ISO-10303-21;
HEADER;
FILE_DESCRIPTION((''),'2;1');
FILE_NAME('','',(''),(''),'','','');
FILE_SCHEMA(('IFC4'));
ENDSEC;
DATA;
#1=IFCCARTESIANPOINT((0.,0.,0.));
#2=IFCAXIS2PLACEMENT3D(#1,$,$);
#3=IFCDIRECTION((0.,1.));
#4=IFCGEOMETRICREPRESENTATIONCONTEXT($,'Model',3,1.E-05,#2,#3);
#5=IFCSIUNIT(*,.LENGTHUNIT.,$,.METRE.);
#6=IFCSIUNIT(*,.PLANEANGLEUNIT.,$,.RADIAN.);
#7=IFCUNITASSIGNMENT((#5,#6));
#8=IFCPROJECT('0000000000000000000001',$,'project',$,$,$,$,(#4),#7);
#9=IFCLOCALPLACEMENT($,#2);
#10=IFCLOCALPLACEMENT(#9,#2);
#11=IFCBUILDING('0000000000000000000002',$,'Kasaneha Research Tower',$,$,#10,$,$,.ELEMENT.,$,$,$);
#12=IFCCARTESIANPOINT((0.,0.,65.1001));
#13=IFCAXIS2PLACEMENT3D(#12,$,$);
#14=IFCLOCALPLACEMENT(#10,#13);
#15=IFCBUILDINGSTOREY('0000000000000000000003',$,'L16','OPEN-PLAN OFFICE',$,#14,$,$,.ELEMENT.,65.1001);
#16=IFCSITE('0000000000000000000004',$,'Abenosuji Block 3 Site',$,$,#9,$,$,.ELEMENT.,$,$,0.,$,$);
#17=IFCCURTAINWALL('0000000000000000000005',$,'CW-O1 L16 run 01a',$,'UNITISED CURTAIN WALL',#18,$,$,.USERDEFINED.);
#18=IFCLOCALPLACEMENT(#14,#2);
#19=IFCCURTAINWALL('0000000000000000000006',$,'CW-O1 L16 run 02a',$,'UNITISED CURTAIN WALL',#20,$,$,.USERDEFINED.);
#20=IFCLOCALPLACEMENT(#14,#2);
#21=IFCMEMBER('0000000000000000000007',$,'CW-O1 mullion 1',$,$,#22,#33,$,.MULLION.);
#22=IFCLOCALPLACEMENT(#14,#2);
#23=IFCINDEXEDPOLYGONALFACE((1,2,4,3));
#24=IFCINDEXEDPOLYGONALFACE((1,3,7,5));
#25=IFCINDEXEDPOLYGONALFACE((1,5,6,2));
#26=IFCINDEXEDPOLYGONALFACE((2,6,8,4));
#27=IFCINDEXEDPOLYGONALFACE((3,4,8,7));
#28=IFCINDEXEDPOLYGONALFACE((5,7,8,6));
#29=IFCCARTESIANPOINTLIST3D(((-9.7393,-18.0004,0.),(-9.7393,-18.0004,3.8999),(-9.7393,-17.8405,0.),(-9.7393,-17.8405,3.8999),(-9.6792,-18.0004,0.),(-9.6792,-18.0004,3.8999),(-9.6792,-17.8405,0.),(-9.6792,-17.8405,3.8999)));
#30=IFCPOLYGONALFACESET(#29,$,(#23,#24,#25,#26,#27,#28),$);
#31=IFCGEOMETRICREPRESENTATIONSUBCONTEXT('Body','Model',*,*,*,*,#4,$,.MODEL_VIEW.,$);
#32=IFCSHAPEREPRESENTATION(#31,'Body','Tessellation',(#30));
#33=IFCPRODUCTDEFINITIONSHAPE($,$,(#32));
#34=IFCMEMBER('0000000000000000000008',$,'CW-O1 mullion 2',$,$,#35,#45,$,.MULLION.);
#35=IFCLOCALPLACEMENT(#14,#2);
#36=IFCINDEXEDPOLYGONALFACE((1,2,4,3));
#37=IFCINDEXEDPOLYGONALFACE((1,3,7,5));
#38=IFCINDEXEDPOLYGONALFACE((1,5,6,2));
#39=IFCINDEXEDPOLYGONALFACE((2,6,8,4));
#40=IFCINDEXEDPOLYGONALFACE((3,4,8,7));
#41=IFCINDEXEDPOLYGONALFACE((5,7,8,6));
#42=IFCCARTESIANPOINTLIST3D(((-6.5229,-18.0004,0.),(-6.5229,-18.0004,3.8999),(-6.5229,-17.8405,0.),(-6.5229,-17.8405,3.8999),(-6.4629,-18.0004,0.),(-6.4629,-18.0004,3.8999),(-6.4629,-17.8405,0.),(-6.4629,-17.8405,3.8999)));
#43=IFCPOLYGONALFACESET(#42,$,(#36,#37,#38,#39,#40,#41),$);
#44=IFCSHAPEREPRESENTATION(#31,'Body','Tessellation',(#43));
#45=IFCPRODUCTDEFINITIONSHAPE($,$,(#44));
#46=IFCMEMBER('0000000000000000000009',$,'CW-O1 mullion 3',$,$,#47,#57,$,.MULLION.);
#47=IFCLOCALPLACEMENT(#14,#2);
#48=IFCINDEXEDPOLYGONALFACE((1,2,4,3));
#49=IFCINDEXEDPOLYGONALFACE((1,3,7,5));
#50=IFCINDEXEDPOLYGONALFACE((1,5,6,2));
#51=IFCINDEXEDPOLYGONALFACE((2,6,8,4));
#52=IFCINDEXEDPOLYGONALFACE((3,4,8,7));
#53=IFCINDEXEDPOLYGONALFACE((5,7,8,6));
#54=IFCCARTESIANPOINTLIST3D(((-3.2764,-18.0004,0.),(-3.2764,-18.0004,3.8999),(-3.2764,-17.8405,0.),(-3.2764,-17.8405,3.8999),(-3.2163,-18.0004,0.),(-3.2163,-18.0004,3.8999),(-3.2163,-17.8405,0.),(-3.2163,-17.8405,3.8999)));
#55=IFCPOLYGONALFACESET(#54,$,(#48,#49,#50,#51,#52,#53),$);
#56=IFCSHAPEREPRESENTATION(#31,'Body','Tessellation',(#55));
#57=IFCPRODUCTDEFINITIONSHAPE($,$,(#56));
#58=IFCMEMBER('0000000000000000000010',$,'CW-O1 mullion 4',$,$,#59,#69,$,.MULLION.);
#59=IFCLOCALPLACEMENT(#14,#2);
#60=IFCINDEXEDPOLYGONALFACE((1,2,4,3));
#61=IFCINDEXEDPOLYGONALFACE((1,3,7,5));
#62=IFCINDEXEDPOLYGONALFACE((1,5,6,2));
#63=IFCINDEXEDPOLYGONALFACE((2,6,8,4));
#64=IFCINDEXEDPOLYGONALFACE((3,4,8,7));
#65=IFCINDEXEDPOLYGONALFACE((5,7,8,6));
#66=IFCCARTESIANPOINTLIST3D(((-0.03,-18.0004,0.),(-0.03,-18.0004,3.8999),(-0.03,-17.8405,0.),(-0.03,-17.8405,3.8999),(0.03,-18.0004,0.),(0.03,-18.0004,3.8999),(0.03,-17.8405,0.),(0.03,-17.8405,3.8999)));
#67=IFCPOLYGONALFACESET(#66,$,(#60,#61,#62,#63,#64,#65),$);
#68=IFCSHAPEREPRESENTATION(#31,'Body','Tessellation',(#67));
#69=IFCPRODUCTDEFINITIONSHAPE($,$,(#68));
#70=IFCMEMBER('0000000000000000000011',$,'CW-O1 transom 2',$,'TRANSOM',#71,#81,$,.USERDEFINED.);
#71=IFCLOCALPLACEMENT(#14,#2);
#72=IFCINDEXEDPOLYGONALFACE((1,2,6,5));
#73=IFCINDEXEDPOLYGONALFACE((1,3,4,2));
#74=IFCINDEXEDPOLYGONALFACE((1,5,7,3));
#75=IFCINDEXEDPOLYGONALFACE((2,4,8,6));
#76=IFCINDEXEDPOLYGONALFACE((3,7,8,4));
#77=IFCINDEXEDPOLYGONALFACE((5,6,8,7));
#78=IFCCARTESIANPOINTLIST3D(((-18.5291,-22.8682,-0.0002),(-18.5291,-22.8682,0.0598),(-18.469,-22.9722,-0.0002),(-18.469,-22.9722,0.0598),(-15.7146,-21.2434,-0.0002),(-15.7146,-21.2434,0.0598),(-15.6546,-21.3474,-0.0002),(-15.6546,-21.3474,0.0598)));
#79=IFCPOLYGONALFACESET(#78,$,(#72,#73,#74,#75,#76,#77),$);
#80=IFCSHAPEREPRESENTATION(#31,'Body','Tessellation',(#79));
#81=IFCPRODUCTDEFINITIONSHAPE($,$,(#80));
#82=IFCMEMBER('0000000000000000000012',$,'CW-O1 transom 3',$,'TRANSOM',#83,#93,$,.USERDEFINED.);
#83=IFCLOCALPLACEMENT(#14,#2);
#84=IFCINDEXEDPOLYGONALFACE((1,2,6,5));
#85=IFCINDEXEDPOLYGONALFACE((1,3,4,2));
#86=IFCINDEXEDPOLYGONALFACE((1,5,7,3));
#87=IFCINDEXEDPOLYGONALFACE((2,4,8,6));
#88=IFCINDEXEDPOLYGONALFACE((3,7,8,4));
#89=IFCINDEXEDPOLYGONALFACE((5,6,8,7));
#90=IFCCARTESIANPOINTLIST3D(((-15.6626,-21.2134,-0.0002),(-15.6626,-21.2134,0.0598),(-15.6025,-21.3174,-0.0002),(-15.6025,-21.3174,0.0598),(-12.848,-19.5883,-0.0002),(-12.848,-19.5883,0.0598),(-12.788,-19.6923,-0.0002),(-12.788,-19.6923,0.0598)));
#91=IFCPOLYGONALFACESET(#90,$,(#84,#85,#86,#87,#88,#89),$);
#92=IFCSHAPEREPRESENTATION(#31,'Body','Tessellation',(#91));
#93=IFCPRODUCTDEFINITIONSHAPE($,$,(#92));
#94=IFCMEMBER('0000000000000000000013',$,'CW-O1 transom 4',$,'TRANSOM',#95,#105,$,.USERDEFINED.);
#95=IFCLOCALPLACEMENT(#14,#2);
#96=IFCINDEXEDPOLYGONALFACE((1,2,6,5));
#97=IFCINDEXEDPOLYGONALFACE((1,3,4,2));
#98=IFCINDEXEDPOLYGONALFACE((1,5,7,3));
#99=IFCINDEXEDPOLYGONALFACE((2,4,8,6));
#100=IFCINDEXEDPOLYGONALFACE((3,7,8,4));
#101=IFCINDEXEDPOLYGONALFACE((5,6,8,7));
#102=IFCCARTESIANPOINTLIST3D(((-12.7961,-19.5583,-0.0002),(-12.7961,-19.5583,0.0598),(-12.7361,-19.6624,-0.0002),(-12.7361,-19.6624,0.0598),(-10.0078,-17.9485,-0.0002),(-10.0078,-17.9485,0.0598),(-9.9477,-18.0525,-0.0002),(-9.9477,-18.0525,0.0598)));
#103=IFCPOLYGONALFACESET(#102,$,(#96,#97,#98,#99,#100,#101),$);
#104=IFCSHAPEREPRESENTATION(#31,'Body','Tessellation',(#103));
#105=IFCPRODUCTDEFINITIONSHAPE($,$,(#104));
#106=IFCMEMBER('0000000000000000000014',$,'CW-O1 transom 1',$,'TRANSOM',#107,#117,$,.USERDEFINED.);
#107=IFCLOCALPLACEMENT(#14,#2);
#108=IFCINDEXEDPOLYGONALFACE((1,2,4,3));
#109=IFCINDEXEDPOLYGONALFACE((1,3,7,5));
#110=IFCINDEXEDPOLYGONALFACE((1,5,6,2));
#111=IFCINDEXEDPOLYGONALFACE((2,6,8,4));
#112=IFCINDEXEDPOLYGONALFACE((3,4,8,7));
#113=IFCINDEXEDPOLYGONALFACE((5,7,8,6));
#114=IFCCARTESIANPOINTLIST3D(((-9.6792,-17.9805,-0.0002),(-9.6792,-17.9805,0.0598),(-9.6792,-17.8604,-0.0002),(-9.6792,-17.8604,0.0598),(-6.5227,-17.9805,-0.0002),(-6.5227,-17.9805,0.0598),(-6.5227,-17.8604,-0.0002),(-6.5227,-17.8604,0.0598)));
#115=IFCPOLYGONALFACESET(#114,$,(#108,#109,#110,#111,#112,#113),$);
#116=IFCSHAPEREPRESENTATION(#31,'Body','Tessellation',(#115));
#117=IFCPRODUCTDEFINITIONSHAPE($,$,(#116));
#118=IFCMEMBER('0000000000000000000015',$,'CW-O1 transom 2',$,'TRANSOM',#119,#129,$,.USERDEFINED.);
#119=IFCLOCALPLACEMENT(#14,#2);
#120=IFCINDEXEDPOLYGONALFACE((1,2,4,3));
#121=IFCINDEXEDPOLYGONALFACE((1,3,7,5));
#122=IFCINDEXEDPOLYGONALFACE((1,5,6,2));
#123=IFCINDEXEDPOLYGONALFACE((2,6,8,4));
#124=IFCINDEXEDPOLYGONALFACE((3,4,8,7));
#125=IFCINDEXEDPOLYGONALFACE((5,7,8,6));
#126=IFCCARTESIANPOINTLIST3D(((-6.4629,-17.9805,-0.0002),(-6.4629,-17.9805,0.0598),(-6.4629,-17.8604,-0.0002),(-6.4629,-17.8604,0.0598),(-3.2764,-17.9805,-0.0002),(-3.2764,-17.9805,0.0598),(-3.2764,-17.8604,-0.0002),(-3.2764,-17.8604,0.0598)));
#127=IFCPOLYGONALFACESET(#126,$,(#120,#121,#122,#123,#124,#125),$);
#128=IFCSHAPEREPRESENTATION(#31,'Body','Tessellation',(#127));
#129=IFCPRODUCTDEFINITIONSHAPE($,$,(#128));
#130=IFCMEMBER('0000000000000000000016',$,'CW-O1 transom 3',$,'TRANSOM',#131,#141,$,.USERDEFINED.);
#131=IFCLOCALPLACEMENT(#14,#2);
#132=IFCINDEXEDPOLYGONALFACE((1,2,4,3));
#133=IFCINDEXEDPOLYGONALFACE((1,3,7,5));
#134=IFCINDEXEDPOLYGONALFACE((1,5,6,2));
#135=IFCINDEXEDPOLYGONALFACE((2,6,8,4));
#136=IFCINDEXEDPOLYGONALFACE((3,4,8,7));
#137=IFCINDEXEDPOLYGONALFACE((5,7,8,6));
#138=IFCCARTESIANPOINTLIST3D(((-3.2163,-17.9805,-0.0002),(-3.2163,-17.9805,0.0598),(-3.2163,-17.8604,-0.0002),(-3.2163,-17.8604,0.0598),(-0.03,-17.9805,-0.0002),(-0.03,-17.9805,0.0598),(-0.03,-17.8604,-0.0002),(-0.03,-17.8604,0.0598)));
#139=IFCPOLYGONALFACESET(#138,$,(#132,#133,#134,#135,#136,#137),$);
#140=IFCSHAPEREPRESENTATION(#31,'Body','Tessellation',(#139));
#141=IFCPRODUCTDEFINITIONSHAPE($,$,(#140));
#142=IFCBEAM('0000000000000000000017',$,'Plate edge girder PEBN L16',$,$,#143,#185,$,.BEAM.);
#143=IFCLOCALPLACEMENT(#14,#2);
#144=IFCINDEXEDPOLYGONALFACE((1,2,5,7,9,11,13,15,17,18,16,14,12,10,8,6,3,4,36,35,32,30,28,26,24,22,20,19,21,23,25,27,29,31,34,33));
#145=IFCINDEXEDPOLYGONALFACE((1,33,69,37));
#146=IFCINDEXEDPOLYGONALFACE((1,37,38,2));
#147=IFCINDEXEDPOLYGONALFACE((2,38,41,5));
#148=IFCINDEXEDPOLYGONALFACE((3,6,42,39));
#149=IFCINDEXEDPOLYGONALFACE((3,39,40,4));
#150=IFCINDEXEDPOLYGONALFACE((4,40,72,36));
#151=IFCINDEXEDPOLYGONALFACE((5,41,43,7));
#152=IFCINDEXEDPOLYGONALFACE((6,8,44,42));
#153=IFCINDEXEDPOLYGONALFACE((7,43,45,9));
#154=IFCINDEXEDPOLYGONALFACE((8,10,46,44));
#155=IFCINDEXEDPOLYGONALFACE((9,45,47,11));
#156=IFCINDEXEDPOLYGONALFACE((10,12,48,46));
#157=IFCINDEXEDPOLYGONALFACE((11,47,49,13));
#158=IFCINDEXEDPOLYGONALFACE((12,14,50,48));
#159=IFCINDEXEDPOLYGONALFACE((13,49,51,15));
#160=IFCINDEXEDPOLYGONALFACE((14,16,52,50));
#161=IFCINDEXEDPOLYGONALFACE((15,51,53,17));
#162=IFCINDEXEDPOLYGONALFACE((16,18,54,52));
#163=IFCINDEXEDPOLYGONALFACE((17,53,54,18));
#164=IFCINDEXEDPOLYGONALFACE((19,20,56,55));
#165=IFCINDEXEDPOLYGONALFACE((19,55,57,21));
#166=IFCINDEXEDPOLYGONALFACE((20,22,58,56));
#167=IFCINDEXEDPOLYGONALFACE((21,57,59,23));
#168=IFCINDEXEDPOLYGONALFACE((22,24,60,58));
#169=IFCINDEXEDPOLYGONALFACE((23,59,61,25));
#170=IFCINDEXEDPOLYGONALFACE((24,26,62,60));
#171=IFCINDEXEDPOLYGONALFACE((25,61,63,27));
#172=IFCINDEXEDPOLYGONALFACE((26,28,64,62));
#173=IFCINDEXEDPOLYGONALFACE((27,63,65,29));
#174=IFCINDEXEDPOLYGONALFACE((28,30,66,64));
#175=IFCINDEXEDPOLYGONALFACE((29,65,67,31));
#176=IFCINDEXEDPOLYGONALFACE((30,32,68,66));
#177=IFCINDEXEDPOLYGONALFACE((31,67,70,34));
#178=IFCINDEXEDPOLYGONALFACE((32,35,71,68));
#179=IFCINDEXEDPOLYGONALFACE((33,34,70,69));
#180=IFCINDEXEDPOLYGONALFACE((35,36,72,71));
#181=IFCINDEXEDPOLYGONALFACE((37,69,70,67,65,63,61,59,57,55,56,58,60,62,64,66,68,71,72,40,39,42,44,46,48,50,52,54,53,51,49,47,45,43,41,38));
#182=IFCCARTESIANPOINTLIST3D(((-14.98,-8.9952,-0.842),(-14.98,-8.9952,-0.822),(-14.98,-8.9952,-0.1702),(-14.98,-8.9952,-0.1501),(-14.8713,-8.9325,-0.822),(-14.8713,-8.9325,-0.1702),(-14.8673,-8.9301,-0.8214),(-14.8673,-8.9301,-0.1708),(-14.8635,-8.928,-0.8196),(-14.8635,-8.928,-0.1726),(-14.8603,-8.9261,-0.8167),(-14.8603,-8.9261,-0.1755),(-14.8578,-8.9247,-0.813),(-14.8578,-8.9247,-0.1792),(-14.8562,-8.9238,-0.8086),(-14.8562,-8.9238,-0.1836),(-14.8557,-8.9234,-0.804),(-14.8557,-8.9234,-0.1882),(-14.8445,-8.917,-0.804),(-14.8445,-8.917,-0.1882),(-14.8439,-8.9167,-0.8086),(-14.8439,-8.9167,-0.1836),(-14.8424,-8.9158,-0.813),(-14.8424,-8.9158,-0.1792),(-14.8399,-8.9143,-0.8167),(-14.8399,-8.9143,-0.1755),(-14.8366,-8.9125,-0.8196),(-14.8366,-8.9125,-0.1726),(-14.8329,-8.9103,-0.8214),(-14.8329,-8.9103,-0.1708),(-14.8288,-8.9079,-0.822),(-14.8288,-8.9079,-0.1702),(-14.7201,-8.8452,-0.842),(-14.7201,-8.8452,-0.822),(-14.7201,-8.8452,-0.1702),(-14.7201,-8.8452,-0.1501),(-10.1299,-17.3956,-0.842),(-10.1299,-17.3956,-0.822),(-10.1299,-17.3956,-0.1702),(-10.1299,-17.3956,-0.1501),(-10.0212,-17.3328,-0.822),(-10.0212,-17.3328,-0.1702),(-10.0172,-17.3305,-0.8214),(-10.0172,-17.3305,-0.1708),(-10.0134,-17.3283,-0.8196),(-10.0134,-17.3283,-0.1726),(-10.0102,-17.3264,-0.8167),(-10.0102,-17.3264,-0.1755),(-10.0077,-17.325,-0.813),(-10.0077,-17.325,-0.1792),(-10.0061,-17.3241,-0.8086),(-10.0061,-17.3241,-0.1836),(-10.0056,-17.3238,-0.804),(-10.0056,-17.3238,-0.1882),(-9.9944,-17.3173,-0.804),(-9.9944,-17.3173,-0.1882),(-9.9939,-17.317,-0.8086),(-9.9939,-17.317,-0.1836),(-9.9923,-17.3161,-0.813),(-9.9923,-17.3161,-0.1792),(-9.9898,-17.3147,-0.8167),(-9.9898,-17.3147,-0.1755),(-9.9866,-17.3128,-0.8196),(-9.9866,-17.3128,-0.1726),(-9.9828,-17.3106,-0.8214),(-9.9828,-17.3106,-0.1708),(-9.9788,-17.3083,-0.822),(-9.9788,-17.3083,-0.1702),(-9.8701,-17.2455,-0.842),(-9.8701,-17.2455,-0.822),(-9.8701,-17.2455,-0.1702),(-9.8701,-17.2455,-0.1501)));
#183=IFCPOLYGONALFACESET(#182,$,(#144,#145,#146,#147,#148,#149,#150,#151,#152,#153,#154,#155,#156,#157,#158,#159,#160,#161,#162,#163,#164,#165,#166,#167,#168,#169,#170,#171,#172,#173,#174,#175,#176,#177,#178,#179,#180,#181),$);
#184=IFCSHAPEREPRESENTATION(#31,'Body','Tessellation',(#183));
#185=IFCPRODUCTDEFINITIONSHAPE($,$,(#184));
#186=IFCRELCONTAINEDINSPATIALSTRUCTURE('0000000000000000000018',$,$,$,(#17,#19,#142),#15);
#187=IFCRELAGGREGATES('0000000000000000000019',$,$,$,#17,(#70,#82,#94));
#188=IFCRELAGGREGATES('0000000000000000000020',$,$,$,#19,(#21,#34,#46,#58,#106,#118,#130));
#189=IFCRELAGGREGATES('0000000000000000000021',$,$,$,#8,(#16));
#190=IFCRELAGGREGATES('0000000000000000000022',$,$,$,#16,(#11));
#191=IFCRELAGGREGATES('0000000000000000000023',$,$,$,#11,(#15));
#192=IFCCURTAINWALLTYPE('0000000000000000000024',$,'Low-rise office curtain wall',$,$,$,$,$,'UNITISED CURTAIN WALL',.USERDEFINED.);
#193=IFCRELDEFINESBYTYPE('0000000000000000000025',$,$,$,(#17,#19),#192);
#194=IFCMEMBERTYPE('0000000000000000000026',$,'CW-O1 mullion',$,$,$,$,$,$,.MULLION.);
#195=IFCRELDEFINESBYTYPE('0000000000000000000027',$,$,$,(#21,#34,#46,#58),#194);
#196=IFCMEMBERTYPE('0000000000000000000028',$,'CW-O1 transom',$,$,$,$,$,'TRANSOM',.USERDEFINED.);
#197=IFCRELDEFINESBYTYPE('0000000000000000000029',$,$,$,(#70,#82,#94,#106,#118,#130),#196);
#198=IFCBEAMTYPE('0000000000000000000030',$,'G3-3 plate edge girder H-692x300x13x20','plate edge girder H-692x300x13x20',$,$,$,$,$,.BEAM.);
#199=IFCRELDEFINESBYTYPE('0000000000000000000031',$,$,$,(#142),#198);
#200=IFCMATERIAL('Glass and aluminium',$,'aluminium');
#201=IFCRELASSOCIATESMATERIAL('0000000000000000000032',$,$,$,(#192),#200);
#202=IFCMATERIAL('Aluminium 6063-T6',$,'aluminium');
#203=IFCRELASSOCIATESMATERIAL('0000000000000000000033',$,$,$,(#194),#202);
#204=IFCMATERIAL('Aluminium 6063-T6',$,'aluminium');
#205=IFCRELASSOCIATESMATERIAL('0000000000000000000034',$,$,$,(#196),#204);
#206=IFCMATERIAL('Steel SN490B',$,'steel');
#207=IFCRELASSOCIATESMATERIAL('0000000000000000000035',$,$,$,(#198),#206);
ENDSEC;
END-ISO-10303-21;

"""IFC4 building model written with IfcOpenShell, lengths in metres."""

from ifc_helpers import new_model, si_unit, direction, frame, origin, origin_2d, place, context, subcontext, project, spatial, rectangle, i_section, extrude, material, material_profile, profile_set, type_object, element, aggregate, save


model = new_model("IFC4")

# Units and contexts
model_context = context("Model", 3, precision=1e-05, world=origin(), true_north=direction((0.0, 1.0)))
body_context = subcontext(model_context, "Body", "Model", "MODEL_VIEW")
ifc_project = project(units=[si_unit("LENGTHUNIT", "METRE"), si_unit("PLANEANGLEUNIT", "RADIAN")], contexts=[model_context])

# Site, building, storey
site_placement = place(None, origin())
site = spatial("IfcSite", under=ifc_project, at=site_placement, Name="Abenosuji Block 3 Site", CompositionType="ELEMENT", RefElevation=0.0)
building_placement = place(site_placement, origin())
building = spatial("IfcBuilding", under=site, at=building_placement, Name="Kasaneha Research Tower", CompositionType="ELEMENT")
storey_placement = place(building_placement, frame((0.0, 0.0, 65.1001)))
storey = spatial("IfcBuildingStorey", under=building, at=storey_placement, Name="L16", Description="OPEN-PLAN OFFICE", CompositionType="ELEMENT", Elevation=65.1001)

# Curtain walls, members
ifc_material_1 = material(Name="Glass and aluminium", Category="aluminium")
curtain_wall_type = type_object("IfcCurtainWallType", Name="Low-rise office curtain wall", ElementType="UNITISED CURTAIN WALL", PredefinedType="USERDEFINED", material=ifc_material_1)
curtain_wall_1_placement = place(storey_placement, origin())
curtain_wall_1 = element("IfcCurtainWall", 1, at=curtain_wall_1_placement, inside=storey, type_object=curtain_wall_type, Name="CW-O1 L16 run 01a", ObjectType="UNITISED CURTAIN WALL", PredefinedType="USERDEFINED")
ifc_material_2 = material(Name="Aluminium 6063-T6", Category="aluminium")
ifc_material_profile_1 = material_profile(ifc_material_2, rectangle(XDim=0.0601, YDim=0.1599, at=origin_2d()), Name="CW-O1 mullion 60x160")
ifc_profile_set_1 = profile_set([ifc_material_profile_1], Name="Aluminium 6063-T6")
member_type_1 = type_object("IfcMemberType", Name="CW-O1 mullion", PredefinedType="MULLION", material=ifc_profile_set_1)
curtain_wall_2_placement = place(storey_placement, origin())
curtain_wall_2 = element("IfcCurtainWall", 2, at=curtain_wall_2_placement, inside=storey, type_object=curtain_wall_type, Name="CW-O1 L16 run 02a", ObjectType="UNITISED CURTAIN WALL", PredefinedType="USERDEFINED")
member_1_placement = place(storey_placement, frame((-9.7092, -17.9204, 0.0), z_axis=(0.0, 0.0, 1.0), x_axis=(1.0, 0.0, 0.0)))
member_1 = element("IfcMember", 3, at=member_1_placement, type_object=member_type_1, Name="CW-O1 mullion 1", PredefinedType="MULLION", context=body_context, shape_type="SweptSolid", body=[
    extrude(rectangle(XDim=0.0601, YDim=0.1599, at=origin_2d()), origin(), (0.0, 0.0, 1.0), 3.8999),
])
member_2_placement = place(storey_placement, frame((-6.4929, -17.9204, 0.0), z_axis=(0.0, 0.0, 1.0), x_axis=(1.0, 0.0, 0.0)))
member_2 = element("IfcMember", 4, at=member_2_placement, type_object=member_type_1, Name="CW-O1 mullion 2", PredefinedType="MULLION", context=body_context, shape_type="SweptSolid", body=[
    extrude(rectangle(XDim=0.0601, YDim=0.1599, at=origin_2d()), origin(), (0.0, 0.0, 1.0), 3.8999),
])
member_3_placement = place(storey_placement, frame((-3.2463, -17.9204, 0.0), z_axis=(0.0, 0.0, 1.0), x_axis=(1.0, 0.0, 0.0)))
member_3 = element("IfcMember", 5, at=member_3_placement, type_object=member_type_1, Name="CW-O1 mullion 3", PredefinedType="MULLION", context=body_context, shape_type="SweptSolid", body=[
    extrude(rectangle(XDim=0.0601, YDim=0.1599, at=origin_2d()), origin(), (0.0, 0.0, 1.0), 3.8999),
])
member_4_placement = place(storey_placement, frame((0.0, -17.9204, 0.0), z_axis=(0.0, 0.0, 1.0), x_axis=(1.0, 0.0, 0.0)))
member_4 = element("IfcMember", 6, at=member_4_placement, type_object=member_type_1, Name="CW-O1 mullion 4", PredefinedType="MULLION", context=body_context, shape_type="SweptSolid", body=[
    extrude(rectangle(XDim=0.0601, YDim=0.1599, at=origin_2d()), origin(), (0.0, 0.0, 1.0), 3.8999),
])

# Members
ifc_material_3 = material(Name="Aluminium 6063-T6", Category="aluminium")
ifc_material_profile_2 = material_profile(ifc_material_3, rectangle(XDim=0.1201, YDim=0.0601, at=origin_2d()), Name="CW-O1 transom 120x60")
ifc_profile_set_2 = profile_set([ifc_material_profile_2], Name="Aluminium 6063-T6")
member_type_2 = type_object("IfcMemberType", Name="CW-O1 transom", ElementType="TRANSOM", PredefinedType="USERDEFINED", material=ifc_profile_set_2)
member_5_placement = place(storey_placement, frame((-18.499, -22.9202, 0.0298), z_axis=(0.866048, 0.499961, 0.0), x_axis=(-0.499961, 0.866048, 0.0)))
member_5 = element("IfcMember", 7, at=member_5_placement, type_object=member_type_2, Name="CW-O1 transom 2", ObjectType="TRANSOM", PredefinedType="USERDEFINED", context=body_context, shape_type="SweptSolid", body=[
    extrude(rectangle(XDim=0.1201, YDim=0.0601, at=origin_2d()), origin(), (0.0, 0.0, 1.0), 3.2498),
])
member_6_placement = place(storey_placement, frame((-15.6326, -21.2654, 0.0298), z_axis=(0.866015, 0.500017, 0.0), x_axis=(-0.500017, 0.866015, 0.0)))
member_6 = element("IfcMember", 8, at=member_6_placement, type_object=member_type_2, Name="CW-O1 transom 3", ObjectType="TRANSOM", PredefinedType="USERDEFINED", context=body_context, shape_type="SweptSolid", body=[
    extrude(rectangle(XDim=0.1201, YDim=0.0601, at=origin_2d()), origin(), (0.0, 0.0, 1.0), 3.25),
])
member_7_placement = place(storey_placement, frame((-12.7661, -19.6104, 0.0298), z_axis=(0.866023, 0.500005, 0.0), x_axis=(-0.500005, 0.866023, 0.0)))
member_7 = element("IfcMember", 9, at=member_7_placement, type_object=member_type_2, Name="CW-O1 transom 4", ObjectType="TRANSOM", PredefinedType="USERDEFINED", context=body_context, shape_type="SweptSolid", body=[
    extrude(rectangle(XDim=0.1201, YDim=0.0601, at=origin_2d()), origin(), (0.0, 0.0, 1.0), 3.2197),
])
member_8_placement = place(storey_placement, frame((-9.6792, -17.9204, 0.0298), z_axis=(1.0, 0.0, 0.0), x_axis=(0.0, 1.0, 0.0)))
member_8 = element("IfcMember", 10, at=member_8_placement, type_object=member_type_2, Name="CW-O1 transom 1", ObjectType="TRANSOM", PredefinedType="USERDEFINED", context=body_context, shape_type="SweptSolid", body=[
    extrude(rectangle(XDim=0.1201, YDim=0.0601, at=origin_2d()), origin(), (0.0, 0.0, 1.0), 3.1565),
])
member_9_placement = place(storey_placement, frame((-6.4629, -17.9204, 0.0298), z_axis=(1.0, 0.0, 0.0), x_axis=(0.0, 1.0, 0.0)))
member_9 = element("IfcMember", 11, at=member_9_placement, type_object=member_type_2, Name="CW-O1 transom 2", ObjectType="TRANSOM", PredefinedType="USERDEFINED", context=body_context, shape_type="SweptSolid", body=[
    extrude(rectangle(XDim=0.1201, YDim=0.0601, at=origin_2d()), origin(), (0.0, 0.0, 1.0), 3.1865),
])
member_10_placement = place(storey_placement, frame((-3.2163, -17.9204, 0.0298), z_axis=(1.0, 0.0, 0.0), x_axis=(0.0, 1.0, 0.0)))
member_10 = element("IfcMember", 12, at=member_10_placement, type_object=member_type_2, Name="CW-O1 transom 3", ObjectType="TRANSOM", PredefinedType="USERDEFINED", context=body_context, shape_type="SweptSolid", body=[
    extrude(rectangle(XDim=0.1201, YDim=0.0601, at=origin_2d()), origin(), (0.0, 0.0, 1.0), 3.1863),
])

# Beam
ifc_material_4 = material(Name="Steel SN490B", Category="steel")
ifc_material_profile_3 = material_profile(ifc_material_4, i_section(OverallWidth=0.3, OverallDepth=0.6919, WebThickness=0.0129, FlangeThickness=0.02, FilletRadius=0.0181, at=origin_2d()), Name="H-692x300x13x20")
ifc_profile_set_3 = profile_set([ifc_material_profile_3], Name="Steel SN490B")
beam_type_1 = type_object("IfcBeamType", Name="G3-3 plate edge girder H-692x300x13x20", Description="plate edge girder H-692x300x13x20", PredefinedType="BEAM", material=ifc_profile_set_3)
beam_1_placement = place(storey_placement, frame((-10.0, -17.3206, -0.4961), z_axis=(-0.50001, 0.86602, 0.0), x_axis=(-0.86602, -0.50001, 0.0)))
element("IfcBeam", 13, at=beam_1_placement, inside=storey, type_object=beam_type_1, Name="Plate edge girder PEBN L16", PredefinedType="BEAM", context=body_context, shape_type="SweptSolid", body=[
    extrude(i_section(OverallWidth=0.3, OverallDepth=0.6919, WebThickness=0.0129, FlangeThickness=0.02, FilletRadius=0.0181, at=origin_2d()), origin(), (0.0, 0.0, 1.0), 9.7),
])

aggregate(curtain_wall_1, [member_5, member_6, member_7])
aggregate(curtain_wall_2, [member_1, member_2, member_3, member_4, member_8, member_9, member_10])

save(model, "model.ifc")
